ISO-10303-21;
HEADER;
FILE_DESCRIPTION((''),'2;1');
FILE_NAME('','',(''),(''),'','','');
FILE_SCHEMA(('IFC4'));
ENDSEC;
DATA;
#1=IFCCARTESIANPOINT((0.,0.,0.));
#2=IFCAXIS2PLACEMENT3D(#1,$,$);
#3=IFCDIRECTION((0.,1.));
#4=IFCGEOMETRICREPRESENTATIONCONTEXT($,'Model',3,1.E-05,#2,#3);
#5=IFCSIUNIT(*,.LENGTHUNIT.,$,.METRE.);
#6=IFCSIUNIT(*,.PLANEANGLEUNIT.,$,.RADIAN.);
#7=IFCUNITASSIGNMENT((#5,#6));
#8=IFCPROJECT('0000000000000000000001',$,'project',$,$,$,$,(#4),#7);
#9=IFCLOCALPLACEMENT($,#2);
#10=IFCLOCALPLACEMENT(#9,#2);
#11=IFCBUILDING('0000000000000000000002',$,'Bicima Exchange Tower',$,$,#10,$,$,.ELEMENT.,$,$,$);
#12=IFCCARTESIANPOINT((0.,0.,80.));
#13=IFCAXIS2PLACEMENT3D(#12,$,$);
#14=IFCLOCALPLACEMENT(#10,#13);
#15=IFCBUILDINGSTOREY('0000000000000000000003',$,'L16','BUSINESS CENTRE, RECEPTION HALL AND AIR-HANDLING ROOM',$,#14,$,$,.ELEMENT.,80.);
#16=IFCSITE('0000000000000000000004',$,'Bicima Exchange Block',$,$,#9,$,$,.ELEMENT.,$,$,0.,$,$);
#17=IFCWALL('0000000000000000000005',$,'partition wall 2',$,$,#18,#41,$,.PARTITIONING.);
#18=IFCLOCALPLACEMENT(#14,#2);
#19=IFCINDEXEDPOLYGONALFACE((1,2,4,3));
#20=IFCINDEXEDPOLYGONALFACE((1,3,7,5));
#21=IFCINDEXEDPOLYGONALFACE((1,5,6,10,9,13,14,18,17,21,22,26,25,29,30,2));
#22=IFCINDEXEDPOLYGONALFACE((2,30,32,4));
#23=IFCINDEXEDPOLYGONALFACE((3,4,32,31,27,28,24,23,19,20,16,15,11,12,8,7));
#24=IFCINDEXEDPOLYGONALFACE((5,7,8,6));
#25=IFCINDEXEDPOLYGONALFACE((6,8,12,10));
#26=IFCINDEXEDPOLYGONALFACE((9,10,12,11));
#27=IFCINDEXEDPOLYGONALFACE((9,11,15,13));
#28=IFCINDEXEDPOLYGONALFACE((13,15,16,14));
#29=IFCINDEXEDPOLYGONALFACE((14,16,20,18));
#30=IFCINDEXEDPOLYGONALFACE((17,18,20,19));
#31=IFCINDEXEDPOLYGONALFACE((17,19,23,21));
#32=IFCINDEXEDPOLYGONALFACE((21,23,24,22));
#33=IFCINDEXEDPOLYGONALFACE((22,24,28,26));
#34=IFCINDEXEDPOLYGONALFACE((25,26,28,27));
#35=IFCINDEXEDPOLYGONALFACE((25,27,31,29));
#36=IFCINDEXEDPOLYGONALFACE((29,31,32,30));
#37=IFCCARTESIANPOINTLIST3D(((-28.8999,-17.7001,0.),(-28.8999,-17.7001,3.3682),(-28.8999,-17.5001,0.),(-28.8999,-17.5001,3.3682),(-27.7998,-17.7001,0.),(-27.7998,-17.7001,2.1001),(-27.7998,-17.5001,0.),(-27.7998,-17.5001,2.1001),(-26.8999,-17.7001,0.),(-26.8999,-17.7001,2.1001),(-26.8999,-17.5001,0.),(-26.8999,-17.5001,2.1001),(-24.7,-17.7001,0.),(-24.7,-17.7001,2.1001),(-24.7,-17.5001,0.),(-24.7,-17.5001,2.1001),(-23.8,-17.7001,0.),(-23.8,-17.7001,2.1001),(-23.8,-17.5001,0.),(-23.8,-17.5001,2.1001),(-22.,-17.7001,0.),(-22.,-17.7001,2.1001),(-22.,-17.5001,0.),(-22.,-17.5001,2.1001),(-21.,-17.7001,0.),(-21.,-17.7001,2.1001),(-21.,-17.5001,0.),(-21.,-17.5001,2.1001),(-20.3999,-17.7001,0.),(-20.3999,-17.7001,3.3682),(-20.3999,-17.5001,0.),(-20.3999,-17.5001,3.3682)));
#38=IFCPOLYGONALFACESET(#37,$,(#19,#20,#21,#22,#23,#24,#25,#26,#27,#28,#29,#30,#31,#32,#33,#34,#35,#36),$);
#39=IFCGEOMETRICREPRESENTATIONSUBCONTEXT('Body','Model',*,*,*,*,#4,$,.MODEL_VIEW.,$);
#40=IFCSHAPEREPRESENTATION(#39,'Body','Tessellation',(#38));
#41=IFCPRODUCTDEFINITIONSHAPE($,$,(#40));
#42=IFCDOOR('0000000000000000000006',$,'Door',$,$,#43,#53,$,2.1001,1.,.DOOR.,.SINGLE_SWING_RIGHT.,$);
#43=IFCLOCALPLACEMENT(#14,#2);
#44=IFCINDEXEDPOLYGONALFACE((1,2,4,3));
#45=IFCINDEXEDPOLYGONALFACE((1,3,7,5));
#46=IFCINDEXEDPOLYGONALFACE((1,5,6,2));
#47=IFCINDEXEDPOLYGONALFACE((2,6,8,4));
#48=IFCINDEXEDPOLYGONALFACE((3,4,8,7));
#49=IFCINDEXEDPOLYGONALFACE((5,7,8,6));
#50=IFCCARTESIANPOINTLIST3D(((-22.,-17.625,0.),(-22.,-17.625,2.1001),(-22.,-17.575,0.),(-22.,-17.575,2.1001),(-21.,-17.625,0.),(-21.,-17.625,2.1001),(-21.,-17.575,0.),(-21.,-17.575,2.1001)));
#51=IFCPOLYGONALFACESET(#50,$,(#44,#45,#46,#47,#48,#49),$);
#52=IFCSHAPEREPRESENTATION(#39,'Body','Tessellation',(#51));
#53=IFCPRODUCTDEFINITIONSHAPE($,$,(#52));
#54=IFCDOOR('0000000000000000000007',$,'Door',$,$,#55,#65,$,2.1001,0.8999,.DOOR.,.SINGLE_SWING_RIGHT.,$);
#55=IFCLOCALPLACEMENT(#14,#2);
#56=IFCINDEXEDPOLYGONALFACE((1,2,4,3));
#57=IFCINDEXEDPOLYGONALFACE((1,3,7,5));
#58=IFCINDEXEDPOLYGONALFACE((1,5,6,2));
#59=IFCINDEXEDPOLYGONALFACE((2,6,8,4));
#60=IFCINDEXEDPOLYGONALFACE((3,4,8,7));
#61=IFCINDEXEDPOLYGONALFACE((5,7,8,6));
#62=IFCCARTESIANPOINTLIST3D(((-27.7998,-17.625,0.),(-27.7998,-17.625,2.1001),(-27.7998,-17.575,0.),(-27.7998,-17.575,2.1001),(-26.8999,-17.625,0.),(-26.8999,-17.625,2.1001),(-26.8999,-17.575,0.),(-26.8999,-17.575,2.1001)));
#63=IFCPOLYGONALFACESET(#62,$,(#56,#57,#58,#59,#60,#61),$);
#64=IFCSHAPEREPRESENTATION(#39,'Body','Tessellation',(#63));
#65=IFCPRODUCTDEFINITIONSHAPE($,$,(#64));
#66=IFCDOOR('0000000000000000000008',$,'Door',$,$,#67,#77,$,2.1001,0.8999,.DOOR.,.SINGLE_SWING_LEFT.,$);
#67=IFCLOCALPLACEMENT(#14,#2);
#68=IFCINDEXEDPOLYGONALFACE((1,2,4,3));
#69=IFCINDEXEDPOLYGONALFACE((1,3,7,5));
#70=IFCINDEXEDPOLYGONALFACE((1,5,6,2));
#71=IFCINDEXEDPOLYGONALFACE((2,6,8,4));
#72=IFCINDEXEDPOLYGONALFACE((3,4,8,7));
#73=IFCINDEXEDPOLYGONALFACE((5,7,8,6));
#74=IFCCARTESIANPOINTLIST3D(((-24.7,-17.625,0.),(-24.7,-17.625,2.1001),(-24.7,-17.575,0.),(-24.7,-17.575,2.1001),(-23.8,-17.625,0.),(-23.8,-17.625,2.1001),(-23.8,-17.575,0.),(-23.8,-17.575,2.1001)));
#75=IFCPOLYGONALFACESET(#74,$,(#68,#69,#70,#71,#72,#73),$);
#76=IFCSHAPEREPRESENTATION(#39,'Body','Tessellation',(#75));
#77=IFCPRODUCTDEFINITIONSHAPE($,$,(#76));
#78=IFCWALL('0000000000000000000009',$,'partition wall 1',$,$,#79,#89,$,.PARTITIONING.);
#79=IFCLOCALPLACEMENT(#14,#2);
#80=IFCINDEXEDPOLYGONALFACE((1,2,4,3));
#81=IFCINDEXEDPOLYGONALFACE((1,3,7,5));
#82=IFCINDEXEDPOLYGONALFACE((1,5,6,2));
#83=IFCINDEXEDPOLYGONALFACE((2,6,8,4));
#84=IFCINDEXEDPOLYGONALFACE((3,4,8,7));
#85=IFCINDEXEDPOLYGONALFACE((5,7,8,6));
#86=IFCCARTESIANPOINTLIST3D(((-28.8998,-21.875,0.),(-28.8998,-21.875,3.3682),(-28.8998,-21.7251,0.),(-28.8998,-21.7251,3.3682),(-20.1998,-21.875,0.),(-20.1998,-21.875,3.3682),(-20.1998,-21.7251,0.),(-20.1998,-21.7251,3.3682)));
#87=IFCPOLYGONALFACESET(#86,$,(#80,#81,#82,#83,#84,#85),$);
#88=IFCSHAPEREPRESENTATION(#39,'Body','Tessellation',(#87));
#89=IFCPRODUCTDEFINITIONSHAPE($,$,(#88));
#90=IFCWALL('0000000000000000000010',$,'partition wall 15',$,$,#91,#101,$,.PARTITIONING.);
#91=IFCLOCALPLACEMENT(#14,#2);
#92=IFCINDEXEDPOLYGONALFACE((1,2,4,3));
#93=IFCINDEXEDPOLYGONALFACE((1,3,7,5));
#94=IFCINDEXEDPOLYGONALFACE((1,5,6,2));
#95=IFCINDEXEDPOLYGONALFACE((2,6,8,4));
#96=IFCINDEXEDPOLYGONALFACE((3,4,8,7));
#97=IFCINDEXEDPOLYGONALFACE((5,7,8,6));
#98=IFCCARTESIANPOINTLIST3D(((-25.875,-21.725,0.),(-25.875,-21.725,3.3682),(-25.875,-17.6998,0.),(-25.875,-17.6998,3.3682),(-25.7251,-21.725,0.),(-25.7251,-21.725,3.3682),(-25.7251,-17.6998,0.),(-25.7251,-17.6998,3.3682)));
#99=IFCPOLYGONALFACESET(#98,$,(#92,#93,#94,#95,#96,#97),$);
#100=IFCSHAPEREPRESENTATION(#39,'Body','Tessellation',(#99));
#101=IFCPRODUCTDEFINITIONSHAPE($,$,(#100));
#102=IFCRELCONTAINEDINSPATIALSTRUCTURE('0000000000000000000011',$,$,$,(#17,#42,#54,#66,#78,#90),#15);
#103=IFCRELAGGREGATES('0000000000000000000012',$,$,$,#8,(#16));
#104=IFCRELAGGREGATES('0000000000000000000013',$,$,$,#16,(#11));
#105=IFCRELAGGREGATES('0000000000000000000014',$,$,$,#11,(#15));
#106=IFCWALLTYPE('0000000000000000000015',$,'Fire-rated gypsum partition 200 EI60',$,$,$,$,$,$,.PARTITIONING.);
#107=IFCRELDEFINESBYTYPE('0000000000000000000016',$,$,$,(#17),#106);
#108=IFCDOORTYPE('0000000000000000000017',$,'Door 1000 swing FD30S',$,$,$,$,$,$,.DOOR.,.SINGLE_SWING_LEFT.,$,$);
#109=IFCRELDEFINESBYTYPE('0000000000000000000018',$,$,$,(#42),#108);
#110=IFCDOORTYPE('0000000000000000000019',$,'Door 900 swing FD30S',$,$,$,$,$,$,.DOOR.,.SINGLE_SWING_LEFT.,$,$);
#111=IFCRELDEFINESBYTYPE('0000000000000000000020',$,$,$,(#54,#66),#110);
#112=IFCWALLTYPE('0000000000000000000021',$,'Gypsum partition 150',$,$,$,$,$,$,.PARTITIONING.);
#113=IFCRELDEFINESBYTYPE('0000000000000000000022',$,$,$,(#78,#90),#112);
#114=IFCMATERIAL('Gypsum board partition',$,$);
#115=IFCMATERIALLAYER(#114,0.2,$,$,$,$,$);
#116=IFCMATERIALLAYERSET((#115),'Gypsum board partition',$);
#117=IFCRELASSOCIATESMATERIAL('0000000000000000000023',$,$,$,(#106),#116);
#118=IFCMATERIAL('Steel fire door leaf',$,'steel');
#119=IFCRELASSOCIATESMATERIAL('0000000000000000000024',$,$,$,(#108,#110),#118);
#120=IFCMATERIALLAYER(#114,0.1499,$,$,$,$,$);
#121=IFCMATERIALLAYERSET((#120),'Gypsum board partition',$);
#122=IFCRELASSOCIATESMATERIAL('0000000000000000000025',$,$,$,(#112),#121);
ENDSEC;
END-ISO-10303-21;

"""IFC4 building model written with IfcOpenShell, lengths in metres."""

from ifc_helpers import new_model, si_unit, direction, frame, frame_2d, origin, place, context, subcontext, project, spatial, rectangle, extrude, material, layer, layer_set, type_object, element, fill, save


model = new_model("IFC4")

# Units and contexts
model_context = context("Model", 3, precision=1e-05, world=origin(), true_north=direction((0.0, 1.0)))
body_context = subcontext(model_context, "Body", "Model", "MODEL_VIEW")
ifc_project = project(units=[si_unit("LENGTHUNIT", "METRE"), si_unit("PLANEANGLEUNIT", "RADIAN")], contexts=[model_context])

# Site, building, storey
site_placement = place(None, origin())
site = spatial("IfcSite", under=ifc_project, at=site_placement, Name="Bicima Exchange Block", CompositionType="ELEMENT", RefElevation=0.0)
building_placement = place(site_placement, origin())
building = spatial("IfcBuilding", under=site, at=building_placement, Name="Bicima Exchange Tower", CompositionType="ELEMENT")
storey_placement = place(building_placement, frame((0.0, 0.0, 80.0)))
storey = spatial("IfcBuildingStorey", under=building, at=storey_placement, Name="L16", Description="BUSINESS CENTRE, RECEPTION HALL AND AIR-HANDLING ROOM", CompositionType="ELEMENT", Elevation=80.0)

# Wall, openings, doors
ifc_material_1 = material(Name="Gypsum board partition")
ifc_layer_1 = layer(ifc_material_1, 0.2)
ifc_layer_set_1 = layer_set([ifc_layer_1], Name="Gypsum board partition")
wall_type_1 = type_object("IfcWallType", Name="Fire-rated gypsum partition 200 EI60", PredefinedType="PARTITIONING", material=ifc_layer_set_1)
wall_1_placement = place(storey_placement, frame((-28.8999, -17.6001, 0.0), z_axis=(0.0, 0.0, 1.0), x_axis=(1.0, 0.0, 0.0)))
wall_1 = element("IfcWall", 1, at=wall_1_placement, inside=storey, type_object=wall_type_1, Name="partition wall 2", PredefinedType="PARTITIONING", context=body_context, shape_type="SweptSolid", body=[
    extrude(rectangle(XDim=8.5, YDim=0.2, at=frame_2d((4.25, 0.0))), origin(), (0.0, 0.0, 1.0), 3.3682),
])
opening_1_placement = place(wall_1_placement, frame((1.1001, 0.0, 0.0)))
opening_1 = element("IfcOpeningElement", 2, at=opening_1_placement, cuts=wall_1, PredefinedType="OPENING", context=body_context, shape_type="SweptSolid", body=[
    extrude(rectangle(XDim=0.8999, YDim=2.1001, at=frame_2d((0.45, 1.05))), frame((0.0, 0.1118, 0.0), z_axis=(0.0, -1.0, 0.0), x_axis=(1.0, 0.0, 0.0)), (0.0, 0.0, 1.0), 0.2239),
])
opening_2_placement = place(wall_1_placement, frame((4.2, 0.0, 0.0)))
opening_2 = element("IfcOpeningElement", 3, at=opening_2_placement, cuts=wall_1, PredefinedType="OPENING", context=body_context, shape_type="SweptSolid", body=[
    extrude(rectangle(XDim=0.8999, YDim=2.1001, at=frame_2d((0.45, 1.05))), frame((0.0, 0.1118, 0.0), z_axis=(0.0, -1.0, 0.0), x_axis=(1.0, 0.0, 0.0)), (0.0, 0.0, 1.0), 0.2239),
])
opening_3_placement = place(wall_1_placement, frame((6.8999, 0.0, 0.0)))
opening_3 = element("IfcOpeningElement", 4, at=opening_3_placement, cuts=wall_1, PredefinedType="OPENING", context=body_context, shape_type="SweptSolid", body=[
    extrude(rectangle(XDim=1.0, YDim=2.1001, at=frame_2d((0.5, 1.05))), frame((0.0, 0.1118, 0.0), z_axis=(0.0, -1.0, 0.0), x_axis=(1.0, 0.0, 0.0)), (0.0, 0.0, 1.0), 0.2239),
])
ifc_material_2 = material(Name="Steel fire door leaf", Category="steel")
door_type_1 = type_object("IfcDoorType", Name="Door 1000 swing FD30S", OperationType="SINGLE_SWING_LEFT", PredefinedType="DOOR", material=ifc_material_2)
door_1_placement = place(opening_3_placement, frame((1.0, 0.0, 0.0), z_axis=(0.0, 0.0, 1.0), x_axis=(-1.0, 0.0, 0.0)))
door_1 = element("IfcDoor", 5, at=door_1_placement, inside=storey, type_object=door_type_1, Name="Door", OperationType="SINGLE_SWING_RIGHT", OverallHeight=2.1001, OverallWidth=1.0, PredefinedType="DOOR", context=body_context, shape_type="SweptSolid", body=[
    extrude(rectangle(XDim=1.0, YDim=2.1001, at=frame_2d((0.5, 1.05))), frame((0.0, 0.0249, 0.0), z_axis=(0.0, -1.0, 0.0), x_axis=(1.0, 0.0, 0.0)), (0.0, 0.0, 1.0), 0.05),
])
fill(opening_3, door_1)
door_type_2 = type_object("IfcDoorType", Name="Door 900 swing FD30S", OperationType="SINGLE_SWING_LEFT", PredefinedType="DOOR", material=ifc_material_2)
door_2_placement = place(opening_1_placement, frame((0.8999, 0.0, 0.0), z_axis=(0.0, 0.0, 1.0), x_axis=(-1.0, 0.0, 0.0)))
door_2 = element("IfcDoor", 6, at=door_2_placement, inside=storey, type_object=door_type_2, Name="Door", OperationType="SINGLE_SWING_RIGHT", OverallHeight=2.1001, OverallWidth=0.8999, PredefinedType="DOOR", context=body_context, shape_type="SweptSolid", body=[
    extrude(rectangle(XDim=0.8999, YDim=2.1001, at=frame_2d((0.45, 1.05))), frame((0.0, 0.0249, 0.0), z_axis=(0.0, -1.0, 0.0), x_axis=(1.0, 0.0, 0.0)), (0.0, 0.0, 1.0), 0.05),
])
fill(opening_1, door_2)
door_3_placement = place(opening_2_placement, frame((0.8999, 0.0, 0.0), z_axis=(0.0, 0.0, 1.0), x_axis=(-1.0, 0.0, 0.0)))
door_3 = element("IfcDoor", 7, at=door_3_placement, inside=storey, type_object=door_type_2, Name="Door", OperationType="SINGLE_SWING_LEFT", OverallHeight=2.1001, OverallWidth=0.8999, PredefinedType="DOOR", context=body_context, shape_type="SweptSolid", body=[
    extrude(rectangle(XDim=0.8999, YDim=2.1001, at=frame_2d((0.45, 1.05))), frame((0.0, 0.0249, 0.0), z_axis=(0.0, -1.0, 0.0), x_axis=(1.0, 0.0, 0.0)), (0.0, 0.0, 1.0), 0.05),
])
fill(opening_2, door_3)

# Walls
ifc_layer_2 = layer(ifc_material_1, 0.1499)
ifc_layer_set_2 = layer_set([ifc_layer_2], Name="Gypsum board partition")
wall_type_2 = type_object("IfcWallType", Name="Gypsum partition 150", PredefinedType="PARTITIONING", material=ifc_layer_set_2)
wall_2_placement = place(storey_placement, frame((-28.8999, -21.8, 0.0), z_axis=(0.0, 0.0, 1.0), x_axis=(1.0, 0.0, 0.0)))
element("IfcWall", 8, at=wall_2_placement, inside=storey, type_object=wall_type_2, Name="partition wall 1", PredefinedType="PARTITIONING", context=body_context, shape_type="SweptSolid", body=[
    extrude(rectangle(XDim=8.7, YDim=0.1499, at=frame_2d((4.3501, 0.0))), origin(), (0.0, 0.0, 1.0), 3.3682),
])
wall_3_placement = place(storey_placement, frame((-25.8, -21.7251, 0.0), z_axis=(0.0, 0.0, 1.0), x_axis=(0.0, 1.0, 0.0)))
element("IfcWall", 9, at=wall_3_placement, inside=storey, type_object=wall_type_2, Name="partition wall 15", PredefinedType="PARTITIONING", context=body_context, shape_type="SweptSolid", body=[
    extrude(rectangle(XDim=4.0251, YDim=0.1499, at=frame_2d((2.0127, 0.0))), origin(), (0.0, 0.0, 1.0), 3.3682),
])

save(model, "model.ifc")
